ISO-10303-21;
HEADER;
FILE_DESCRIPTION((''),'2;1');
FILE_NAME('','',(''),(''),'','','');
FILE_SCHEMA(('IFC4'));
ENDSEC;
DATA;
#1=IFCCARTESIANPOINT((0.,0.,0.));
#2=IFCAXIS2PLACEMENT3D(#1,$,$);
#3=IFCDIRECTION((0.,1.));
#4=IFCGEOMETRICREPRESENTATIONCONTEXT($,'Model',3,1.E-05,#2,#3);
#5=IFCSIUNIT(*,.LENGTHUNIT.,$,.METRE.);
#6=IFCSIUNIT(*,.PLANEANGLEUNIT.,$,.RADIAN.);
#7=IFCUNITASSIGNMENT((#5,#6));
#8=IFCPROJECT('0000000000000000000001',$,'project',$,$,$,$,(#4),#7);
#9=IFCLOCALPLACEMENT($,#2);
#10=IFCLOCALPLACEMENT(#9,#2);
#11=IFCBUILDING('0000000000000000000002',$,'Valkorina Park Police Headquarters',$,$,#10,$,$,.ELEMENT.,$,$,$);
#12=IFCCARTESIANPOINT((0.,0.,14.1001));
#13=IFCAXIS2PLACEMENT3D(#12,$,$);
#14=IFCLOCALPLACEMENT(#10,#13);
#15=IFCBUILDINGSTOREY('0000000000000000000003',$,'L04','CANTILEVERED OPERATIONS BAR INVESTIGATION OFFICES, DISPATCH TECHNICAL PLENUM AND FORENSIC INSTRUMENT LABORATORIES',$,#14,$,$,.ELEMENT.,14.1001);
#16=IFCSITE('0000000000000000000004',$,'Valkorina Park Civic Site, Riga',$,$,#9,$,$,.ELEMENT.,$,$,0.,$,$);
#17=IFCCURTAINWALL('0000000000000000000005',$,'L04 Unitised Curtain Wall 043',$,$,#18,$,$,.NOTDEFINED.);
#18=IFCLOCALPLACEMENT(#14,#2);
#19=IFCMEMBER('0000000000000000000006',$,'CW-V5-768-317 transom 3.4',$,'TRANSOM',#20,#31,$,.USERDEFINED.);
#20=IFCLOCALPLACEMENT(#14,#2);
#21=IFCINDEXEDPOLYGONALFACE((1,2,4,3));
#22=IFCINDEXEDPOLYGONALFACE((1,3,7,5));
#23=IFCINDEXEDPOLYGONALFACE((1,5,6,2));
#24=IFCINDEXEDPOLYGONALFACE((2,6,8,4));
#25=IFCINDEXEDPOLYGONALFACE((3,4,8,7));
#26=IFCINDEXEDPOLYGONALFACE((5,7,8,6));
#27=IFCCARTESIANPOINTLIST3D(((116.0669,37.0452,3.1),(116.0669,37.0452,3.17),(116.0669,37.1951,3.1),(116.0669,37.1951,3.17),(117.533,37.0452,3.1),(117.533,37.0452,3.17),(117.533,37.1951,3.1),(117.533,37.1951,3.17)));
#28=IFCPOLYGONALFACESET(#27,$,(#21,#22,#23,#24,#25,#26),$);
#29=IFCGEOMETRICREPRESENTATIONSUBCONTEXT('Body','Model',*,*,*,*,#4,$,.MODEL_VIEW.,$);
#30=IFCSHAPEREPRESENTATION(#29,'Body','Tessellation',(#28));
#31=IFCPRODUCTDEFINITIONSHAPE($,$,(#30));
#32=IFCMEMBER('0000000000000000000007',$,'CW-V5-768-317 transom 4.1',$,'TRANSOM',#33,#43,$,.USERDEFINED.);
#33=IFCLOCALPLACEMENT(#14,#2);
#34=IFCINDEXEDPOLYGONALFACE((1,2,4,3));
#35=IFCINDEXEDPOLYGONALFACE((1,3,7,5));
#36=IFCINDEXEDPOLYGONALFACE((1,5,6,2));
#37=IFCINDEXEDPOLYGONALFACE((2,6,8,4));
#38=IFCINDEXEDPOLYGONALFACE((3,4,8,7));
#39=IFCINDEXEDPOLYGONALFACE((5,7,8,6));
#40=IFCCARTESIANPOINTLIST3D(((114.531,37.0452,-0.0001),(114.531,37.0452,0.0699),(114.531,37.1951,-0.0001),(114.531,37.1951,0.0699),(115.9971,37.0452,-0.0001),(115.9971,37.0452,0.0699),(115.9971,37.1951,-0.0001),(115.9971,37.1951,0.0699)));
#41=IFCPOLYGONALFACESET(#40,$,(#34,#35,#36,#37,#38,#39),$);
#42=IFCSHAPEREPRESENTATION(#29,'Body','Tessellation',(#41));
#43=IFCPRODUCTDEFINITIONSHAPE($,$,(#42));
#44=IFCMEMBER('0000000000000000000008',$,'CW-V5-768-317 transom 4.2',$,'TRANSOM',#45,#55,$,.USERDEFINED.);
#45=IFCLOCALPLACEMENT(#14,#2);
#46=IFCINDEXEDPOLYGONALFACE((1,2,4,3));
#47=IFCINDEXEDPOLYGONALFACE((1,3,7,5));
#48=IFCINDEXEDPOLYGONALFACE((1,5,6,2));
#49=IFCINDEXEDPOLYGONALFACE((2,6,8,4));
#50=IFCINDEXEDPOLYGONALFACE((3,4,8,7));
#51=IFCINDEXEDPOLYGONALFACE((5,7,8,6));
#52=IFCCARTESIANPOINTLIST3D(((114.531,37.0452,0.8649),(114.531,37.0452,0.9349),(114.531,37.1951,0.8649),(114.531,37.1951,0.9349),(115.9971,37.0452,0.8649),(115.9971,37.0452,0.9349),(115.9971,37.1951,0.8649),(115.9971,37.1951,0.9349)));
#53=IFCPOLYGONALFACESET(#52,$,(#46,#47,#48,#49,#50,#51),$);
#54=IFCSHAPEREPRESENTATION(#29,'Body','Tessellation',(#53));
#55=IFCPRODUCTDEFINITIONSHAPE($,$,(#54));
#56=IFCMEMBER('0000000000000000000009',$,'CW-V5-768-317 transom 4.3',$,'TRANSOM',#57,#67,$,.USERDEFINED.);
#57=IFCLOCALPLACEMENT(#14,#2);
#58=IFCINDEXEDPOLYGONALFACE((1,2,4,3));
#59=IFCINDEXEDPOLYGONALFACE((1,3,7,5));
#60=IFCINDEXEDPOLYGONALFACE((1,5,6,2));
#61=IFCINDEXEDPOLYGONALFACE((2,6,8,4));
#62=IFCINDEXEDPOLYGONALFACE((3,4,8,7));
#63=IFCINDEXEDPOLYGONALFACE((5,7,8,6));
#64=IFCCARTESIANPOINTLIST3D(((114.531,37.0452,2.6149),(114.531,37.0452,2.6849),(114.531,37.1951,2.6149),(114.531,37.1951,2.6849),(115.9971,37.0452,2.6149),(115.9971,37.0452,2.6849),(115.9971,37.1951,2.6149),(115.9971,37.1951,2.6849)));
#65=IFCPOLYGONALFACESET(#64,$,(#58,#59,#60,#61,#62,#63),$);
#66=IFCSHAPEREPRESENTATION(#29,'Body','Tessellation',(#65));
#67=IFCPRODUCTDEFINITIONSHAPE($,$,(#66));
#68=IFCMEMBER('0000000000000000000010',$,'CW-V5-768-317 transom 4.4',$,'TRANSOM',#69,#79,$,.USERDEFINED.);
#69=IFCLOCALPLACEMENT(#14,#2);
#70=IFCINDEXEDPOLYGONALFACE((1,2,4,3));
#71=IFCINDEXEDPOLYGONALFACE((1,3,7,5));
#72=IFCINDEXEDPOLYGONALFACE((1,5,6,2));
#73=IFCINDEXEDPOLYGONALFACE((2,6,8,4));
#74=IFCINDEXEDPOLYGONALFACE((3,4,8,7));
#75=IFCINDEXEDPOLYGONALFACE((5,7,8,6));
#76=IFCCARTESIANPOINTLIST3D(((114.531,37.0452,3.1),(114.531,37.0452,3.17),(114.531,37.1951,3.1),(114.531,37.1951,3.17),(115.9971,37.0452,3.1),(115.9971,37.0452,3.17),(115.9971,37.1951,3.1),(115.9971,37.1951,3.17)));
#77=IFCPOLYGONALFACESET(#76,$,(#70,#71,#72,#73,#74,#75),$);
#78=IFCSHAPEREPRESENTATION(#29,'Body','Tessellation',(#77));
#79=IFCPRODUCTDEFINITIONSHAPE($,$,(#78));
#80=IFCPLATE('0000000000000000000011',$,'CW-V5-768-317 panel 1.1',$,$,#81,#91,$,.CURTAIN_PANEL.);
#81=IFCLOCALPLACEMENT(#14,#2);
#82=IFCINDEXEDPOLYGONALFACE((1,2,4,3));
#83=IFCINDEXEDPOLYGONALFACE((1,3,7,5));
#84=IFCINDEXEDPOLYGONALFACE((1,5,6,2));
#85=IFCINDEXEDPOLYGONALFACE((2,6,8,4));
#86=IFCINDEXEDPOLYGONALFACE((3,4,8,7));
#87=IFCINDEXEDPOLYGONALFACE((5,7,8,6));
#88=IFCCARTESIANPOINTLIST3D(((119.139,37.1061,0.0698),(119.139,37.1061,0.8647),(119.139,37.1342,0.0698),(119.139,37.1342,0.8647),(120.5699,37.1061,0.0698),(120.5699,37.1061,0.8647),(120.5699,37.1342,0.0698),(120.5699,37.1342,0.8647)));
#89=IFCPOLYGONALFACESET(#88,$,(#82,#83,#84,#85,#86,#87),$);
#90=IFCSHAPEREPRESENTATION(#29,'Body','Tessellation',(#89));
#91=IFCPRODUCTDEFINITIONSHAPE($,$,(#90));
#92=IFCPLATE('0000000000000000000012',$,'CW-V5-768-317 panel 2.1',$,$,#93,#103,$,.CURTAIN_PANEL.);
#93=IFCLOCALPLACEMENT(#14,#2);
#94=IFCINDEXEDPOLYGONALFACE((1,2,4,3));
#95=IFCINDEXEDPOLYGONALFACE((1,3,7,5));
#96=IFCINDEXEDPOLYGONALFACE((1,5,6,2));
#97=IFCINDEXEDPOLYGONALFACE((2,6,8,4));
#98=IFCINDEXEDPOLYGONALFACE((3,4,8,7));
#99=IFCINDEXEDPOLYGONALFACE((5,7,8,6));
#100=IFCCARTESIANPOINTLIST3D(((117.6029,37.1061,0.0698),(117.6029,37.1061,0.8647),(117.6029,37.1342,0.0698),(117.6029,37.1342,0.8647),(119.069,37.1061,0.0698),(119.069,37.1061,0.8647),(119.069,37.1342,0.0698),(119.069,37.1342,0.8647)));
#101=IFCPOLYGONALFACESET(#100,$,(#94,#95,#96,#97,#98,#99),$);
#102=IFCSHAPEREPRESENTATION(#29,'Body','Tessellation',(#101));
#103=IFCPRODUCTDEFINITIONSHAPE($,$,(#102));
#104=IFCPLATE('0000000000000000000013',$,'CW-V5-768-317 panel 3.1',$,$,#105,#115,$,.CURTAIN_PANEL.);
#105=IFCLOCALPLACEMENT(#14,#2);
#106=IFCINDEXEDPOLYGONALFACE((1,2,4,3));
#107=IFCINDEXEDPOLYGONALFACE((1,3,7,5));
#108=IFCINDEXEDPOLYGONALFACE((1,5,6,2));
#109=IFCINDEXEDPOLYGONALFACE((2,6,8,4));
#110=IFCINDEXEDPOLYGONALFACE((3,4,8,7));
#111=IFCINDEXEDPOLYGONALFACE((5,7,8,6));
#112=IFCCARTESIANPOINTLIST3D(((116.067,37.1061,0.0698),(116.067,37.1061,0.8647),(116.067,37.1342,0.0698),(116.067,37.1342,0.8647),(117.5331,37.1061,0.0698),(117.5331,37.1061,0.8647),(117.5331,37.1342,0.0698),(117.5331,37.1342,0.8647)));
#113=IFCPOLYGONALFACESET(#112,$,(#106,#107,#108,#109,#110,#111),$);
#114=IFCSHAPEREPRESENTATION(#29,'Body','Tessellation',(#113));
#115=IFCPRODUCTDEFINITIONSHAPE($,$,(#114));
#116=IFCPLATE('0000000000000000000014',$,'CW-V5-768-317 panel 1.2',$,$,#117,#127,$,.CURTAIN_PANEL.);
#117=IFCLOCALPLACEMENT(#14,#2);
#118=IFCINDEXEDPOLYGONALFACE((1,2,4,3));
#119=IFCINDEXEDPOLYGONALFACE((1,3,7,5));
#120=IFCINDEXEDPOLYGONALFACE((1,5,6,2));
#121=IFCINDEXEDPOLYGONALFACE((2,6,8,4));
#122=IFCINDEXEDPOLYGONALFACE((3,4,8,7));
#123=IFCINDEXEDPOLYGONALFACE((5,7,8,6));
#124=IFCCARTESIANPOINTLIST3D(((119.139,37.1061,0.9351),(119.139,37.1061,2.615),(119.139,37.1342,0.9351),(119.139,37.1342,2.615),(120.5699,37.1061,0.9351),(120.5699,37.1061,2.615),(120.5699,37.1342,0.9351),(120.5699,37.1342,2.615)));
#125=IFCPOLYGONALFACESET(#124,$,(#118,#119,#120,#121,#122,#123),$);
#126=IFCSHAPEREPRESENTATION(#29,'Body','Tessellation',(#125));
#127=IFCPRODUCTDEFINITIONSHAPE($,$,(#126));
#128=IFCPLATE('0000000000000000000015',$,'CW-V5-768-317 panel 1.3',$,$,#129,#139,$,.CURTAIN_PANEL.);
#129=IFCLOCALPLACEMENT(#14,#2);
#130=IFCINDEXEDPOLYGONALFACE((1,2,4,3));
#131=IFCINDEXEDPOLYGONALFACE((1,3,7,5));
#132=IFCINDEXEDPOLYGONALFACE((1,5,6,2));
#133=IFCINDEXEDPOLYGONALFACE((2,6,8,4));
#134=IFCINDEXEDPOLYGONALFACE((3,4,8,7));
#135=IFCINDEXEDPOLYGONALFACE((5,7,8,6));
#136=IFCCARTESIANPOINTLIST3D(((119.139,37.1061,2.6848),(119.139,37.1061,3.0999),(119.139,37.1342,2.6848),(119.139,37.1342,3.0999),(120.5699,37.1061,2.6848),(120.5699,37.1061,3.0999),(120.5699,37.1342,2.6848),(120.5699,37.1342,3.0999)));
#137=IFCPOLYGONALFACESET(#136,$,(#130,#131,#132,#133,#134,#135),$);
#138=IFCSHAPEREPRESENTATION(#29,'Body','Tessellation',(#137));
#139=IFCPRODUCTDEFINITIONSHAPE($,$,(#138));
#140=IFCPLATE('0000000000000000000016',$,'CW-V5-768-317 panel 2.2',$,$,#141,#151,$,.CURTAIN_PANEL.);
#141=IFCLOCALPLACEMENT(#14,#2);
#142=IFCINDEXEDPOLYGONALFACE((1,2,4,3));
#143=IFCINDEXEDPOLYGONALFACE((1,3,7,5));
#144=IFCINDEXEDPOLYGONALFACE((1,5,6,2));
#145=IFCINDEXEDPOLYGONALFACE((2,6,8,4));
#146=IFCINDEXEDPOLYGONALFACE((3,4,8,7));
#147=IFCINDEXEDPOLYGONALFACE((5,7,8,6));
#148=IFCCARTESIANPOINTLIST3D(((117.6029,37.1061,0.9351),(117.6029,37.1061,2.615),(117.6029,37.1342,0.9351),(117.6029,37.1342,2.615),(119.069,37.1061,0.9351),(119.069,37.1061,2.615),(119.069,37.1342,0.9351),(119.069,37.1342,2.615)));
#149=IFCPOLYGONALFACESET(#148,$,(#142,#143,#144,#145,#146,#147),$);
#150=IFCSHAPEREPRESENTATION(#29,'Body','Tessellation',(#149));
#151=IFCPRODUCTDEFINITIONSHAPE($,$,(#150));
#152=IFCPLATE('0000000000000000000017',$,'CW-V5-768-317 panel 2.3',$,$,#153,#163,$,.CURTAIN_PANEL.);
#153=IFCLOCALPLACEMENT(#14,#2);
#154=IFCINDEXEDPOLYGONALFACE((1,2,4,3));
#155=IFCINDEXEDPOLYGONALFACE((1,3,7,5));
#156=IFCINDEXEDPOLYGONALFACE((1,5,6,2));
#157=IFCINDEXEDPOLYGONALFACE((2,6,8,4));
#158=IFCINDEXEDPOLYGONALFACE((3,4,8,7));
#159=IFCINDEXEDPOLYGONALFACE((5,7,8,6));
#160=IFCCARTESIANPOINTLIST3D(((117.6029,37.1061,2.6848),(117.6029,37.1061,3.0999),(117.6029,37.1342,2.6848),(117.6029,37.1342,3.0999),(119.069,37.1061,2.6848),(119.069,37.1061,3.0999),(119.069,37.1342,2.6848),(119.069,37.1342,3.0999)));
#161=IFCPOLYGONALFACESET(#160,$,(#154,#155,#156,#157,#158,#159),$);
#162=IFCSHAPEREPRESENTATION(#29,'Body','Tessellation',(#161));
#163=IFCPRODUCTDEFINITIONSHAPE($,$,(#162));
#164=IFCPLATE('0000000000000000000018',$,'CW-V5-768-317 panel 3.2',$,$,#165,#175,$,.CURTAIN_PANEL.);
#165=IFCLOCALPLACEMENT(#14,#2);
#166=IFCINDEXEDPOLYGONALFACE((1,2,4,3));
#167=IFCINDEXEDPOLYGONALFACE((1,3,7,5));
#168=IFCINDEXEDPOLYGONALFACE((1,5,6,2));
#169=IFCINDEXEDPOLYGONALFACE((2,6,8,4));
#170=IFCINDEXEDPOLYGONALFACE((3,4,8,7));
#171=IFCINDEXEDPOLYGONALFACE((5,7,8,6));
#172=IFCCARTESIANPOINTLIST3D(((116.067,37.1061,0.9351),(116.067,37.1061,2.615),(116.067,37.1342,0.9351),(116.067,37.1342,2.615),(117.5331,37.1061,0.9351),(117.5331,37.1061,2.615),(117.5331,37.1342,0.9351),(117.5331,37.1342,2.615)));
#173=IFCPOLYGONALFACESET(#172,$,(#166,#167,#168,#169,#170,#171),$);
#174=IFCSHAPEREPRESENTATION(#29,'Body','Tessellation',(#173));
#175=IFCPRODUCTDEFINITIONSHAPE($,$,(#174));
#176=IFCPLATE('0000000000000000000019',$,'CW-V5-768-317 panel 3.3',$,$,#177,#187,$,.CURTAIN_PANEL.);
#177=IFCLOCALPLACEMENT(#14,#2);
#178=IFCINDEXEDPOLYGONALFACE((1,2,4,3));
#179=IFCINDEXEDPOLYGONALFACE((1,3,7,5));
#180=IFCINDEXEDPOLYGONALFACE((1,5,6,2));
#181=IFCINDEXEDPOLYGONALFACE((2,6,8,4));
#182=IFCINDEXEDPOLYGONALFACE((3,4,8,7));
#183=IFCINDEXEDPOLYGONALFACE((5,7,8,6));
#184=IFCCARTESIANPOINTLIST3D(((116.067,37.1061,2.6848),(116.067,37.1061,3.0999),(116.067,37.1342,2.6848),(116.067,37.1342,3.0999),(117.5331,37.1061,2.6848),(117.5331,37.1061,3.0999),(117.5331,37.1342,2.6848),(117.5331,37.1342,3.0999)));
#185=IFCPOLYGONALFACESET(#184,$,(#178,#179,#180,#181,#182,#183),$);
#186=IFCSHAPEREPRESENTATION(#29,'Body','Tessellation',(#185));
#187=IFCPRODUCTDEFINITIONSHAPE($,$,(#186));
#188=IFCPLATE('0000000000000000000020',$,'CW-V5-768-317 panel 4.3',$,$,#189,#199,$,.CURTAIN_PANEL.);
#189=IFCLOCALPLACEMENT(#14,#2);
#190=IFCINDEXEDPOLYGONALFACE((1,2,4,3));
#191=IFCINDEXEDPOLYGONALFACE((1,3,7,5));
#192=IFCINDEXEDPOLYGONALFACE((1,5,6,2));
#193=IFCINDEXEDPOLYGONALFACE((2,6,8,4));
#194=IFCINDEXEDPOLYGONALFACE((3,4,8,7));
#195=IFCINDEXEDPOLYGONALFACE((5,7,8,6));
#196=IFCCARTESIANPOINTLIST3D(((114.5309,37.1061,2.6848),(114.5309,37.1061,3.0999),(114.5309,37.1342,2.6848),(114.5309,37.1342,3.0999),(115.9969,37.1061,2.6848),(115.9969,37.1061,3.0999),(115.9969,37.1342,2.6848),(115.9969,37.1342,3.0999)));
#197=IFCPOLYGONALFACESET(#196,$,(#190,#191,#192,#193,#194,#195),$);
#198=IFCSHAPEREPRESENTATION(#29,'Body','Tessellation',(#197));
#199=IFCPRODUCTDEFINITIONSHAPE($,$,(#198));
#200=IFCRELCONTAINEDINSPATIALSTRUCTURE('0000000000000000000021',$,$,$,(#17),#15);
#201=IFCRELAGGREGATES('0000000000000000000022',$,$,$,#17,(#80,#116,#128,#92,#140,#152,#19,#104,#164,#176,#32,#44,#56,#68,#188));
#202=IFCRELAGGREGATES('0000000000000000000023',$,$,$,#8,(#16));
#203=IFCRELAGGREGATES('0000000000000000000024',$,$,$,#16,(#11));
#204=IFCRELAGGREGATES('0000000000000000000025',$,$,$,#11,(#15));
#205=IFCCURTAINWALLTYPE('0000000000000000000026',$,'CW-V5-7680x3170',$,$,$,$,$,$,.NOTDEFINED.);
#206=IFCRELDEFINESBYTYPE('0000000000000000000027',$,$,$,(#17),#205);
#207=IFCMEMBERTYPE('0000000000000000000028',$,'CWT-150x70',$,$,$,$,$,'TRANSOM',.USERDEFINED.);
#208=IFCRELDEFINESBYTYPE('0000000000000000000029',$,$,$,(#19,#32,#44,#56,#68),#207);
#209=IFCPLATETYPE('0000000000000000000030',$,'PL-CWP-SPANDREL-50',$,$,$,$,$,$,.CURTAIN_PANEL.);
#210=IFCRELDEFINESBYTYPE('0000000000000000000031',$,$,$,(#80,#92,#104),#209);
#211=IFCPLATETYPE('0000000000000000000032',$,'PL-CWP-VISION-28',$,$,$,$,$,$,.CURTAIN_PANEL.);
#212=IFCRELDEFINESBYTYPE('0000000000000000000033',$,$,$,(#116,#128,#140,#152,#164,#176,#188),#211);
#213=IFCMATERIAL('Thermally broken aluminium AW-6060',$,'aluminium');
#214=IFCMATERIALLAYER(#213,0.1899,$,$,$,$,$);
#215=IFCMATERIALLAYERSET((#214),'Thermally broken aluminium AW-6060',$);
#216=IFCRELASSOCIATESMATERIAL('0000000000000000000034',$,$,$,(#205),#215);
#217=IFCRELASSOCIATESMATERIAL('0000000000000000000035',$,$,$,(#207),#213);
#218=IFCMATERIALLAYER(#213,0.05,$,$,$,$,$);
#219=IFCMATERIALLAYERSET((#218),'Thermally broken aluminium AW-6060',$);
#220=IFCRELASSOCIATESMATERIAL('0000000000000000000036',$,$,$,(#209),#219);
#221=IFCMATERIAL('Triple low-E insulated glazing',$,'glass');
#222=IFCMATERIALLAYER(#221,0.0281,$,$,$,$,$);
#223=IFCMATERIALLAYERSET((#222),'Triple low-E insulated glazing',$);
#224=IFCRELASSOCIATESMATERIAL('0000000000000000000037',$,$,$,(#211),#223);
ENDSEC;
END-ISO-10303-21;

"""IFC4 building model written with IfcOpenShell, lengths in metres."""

from ifc_helpers import new_model, si_unit, direction, frame, origin, origin_2d, place, context, subcontext, project, spatial, rectangle, extrude, material, layer, layer_set, material_profile, profile_set, type_object, element, aggregate, save


model = new_model("IFC4")

# Units and contexts
model_context = context("Model", 3, precision=1e-05, world=origin(), true_north=direction((0.0, 1.0)))
body_context = subcontext(model_context, "Body", "Model", "MODEL_VIEW")
ifc_project = project(units=[si_unit("LENGTHUNIT", "METRE"), si_unit("PLANEANGLEUNIT", "RADIAN")], contexts=[model_context])

# Site, building, storey
site_placement = place(None, origin())
site = spatial("IfcSite", under=ifc_project, at=site_placement, Name="Valkorina Park Civic Site, Riga", CompositionType="ELEMENT", RefElevation=0.0)
building_placement = place(site_placement, origin())
building = spatial("IfcBuilding", under=site, at=building_placement, Name="Valkorina Park Police Headquarters", CompositionType="ELEMENT")
storey_placement = place(building_placement, frame((0.0, 0.0, 14.1001)))
storey = spatial("IfcBuildingStorey", under=building, at=storey_placement, Name="L04", Description="CANTILEVERED OPERATIONS BAR INVESTIGATION OFFICES, DISPATCH TECHNICAL PLENUM AND FORENSIC INSTRUMENT LABORATORIES", CompositionType="ELEMENT", Elevation=14.1001)

# Curtain wall, members, plates
ifc_material_1 = material(Name="Thermally broken aluminium AW-6060", Category="aluminium")
ifc_layer_1 = layer(ifc_material_1, 0.1899)
ifc_layer_set_1 = layer_set([ifc_layer_1], Name="Thermally broken aluminium AW-6060")
curtain_wall_type = type_object("IfcCurtainWallType", Name="CW-V5-7680x3170", PredefinedType="NOTDEFINED", material=ifc_layer_set_1)
curtain_wall_placement = place(storey_placement, origin())
curtain_wall = element("IfcCurtainWall", 1, at=curtain_wall_placement, inside=storey, type_object=curtain_wall_type, Name="L04 Unitised Curtain Wall 043", PredefinedType="NOTDEFINED")
ifc_material_profile_1 = material_profile(ifc_material_1, rectangle(XDim=0.1499, YDim=0.0701, at=origin_2d()), Name="CWT-02 150x70")
ifc_profile_set_1 = profile_set([ifc_material_profile_1], Name="Thermally broken aluminium AW-6060")
member_type_1 = type_object("IfcMemberType", Name="CWT-150x70", ElementType="TRANSOM", PredefinedType="USERDEFINED", material=ifc_profile_set_1)
member_1_placement = place(storey_placement, frame((117.533, 37.1201, 3.135), z_axis=(-1.0, 0.0, 0.0), x_axis=(0.0, -1.0, 0.0)))
member_1 = element("IfcMember", 2, at=member_1_placement, type_object=member_type_1, Name="CW-V5-768-317 transom 3.4", ObjectType="TRANSOM", PredefinedType="USERDEFINED", context=body_context, shape_type="SweptSolid", body=[
    extrude(rectangle(XDim=0.1499, YDim=0.0701, at=origin_2d()), origin(), (0.0, 0.0, 1.0), 1.4661),
])
member_2_placement = place(storey_placement, frame((115.9971, 37.1201, 0.0349), z_axis=(-1.0, 0.0, 0.0), x_axis=(0.0, -1.0, 0.0)))
member_2 = element("IfcMember", 3, at=member_2_placement, type_object=member_type_1, Name="CW-V5-768-317 transom 4.1", ObjectType="TRANSOM", PredefinedType="USERDEFINED", context=body_context, shape_type="SweptSolid", body=[
    extrude(rectangle(XDim=0.1499, YDim=0.0701, at=origin_2d()), origin(), (0.0, 0.0, 1.0), 1.4661),
])
member_3_placement = place(storey_placement, frame((115.9971, 37.1201, 0.8999), z_axis=(-1.0, 0.0, 0.0), x_axis=(0.0, -1.0, 0.0)))
member_3 = element("IfcMember", 4, at=member_3_placement, type_object=member_type_1, Name="CW-V5-768-317 transom 4.2", ObjectType="TRANSOM", PredefinedType="USERDEFINED", context=body_context, shape_type="SweptSolid", body=[
    extrude(rectangle(XDim=0.1499, YDim=0.0701, at=origin_2d()), origin(), (0.0, 0.0, 1.0), 1.4661),
])
member_4_placement = place(storey_placement, frame((115.9971, 37.1201, 2.6499), z_axis=(-1.0, 0.0, 0.0), x_axis=(0.0, -1.0, 0.0)))
member_4 = element("IfcMember", 5, at=member_4_placement, type_object=member_type_1, Name="CW-V5-768-317 transom 4.3", ObjectType="TRANSOM", PredefinedType="USERDEFINED", context=body_context, shape_type="SweptSolid", body=[
    extrude(rectangle(XDim=0.1499, YDim=0.0701, at=origin_2d()), origin(), (0.0, 0.0, 1.0), 1.4661),
])
member_5_placement = place(storey_placement, frame((115.9971, 37.1201, 3.135), z_axis=(-1.0, 0.0, 0.0), x_axis=(0.0, -1.0, 0.0)))
member_5 = element("IfcMember", 6, at=member_5_placement, type_object=member_type_1, Name="CW-V5-768-317 transom 4.4", ObjectType="TRANSOM", PredefinedType="USERDEFINED", context=body_context, shape_type="SweptSolid", body=[
    extrude(rectangle(XDim=0.1499, YDim=0.0701, at=origin_2d()), origin(), (0.0, 0.0, 1.0), 1.4661),
])
ifc_layer_2 = layer(ifc_material_1, 0.05)
ifc_layer_set_2 = layer_set([ifc_layer_2], Name="Thermally broken aluminium AW-6060")
plate_type_1 = type_object("IfcPlateType", Name="PL-CWP-SPANDREL-50", PredefinedType="CURTAIN_PANEL", material=ifc_layer_set_2)
plate_1_placement = place(storey_placement, frame((119.8545, 37.1201, 0.0698), z_axis=(0.0, 0.0, 1.0), x_axis=(-1.0, 0.0, 0.0)))
plate_1 = element("IfcPlate", 7, at=plate_1_placement, type_object=plate_type_1, Name="CW-V5-768-317 panel 1.1", PredefinedType="CURTAIN_PANEL", context=body_context, shape_type="SweptSolid", body=[
    extrude(rectangle(XDim=1.4309, YDim=0.0281, at=origin_2d()), origin(), (0.0, 0.0, 1.0), 0.7949),
])
plate_2_placement = place(storey_placement, frame((118.3359, 37.1201, 0.0698), z_axis=(0.0, 0.0, 1.0), x_axis=(-1.0, 0.0, 0.0)))
plate_2 = element("IfcPlate", 8, at=plate_2_placement, type_object=plate_type_1, Name="CW-V5-768-317 panel 2.1", PredefinedType="CURTAIN_PANEL", context=body_context, shape_type="SweptSolid", body=[
    extrude(rectangle(XDim=1.4661, YDim=0.0281, at=origin_2d()), origin(), (0.0, 0.0, 1.0), 0.7949),
])
plate_3_placement = place(storey_placement, frame((116.8, 37.1201, 0.0698), z_axis=(0.0, 0.0, 1.0), x_axis=(-1.0, 0.0, 0.0)))
plate_3 = element("IfcPlate", 9, at=plate_3_placement, type_object=plate_type_1, Name="CW-V5-768-317 panel 3.1", PredefinedType="CURTAIN_PANEL", context=body_context, shape_type="SweptSolid", body=[
    extrude(rectangle(XDim=1.4661, YDim=0.0281, at=origin_2d()), origin(), (0.0, 0.0, 1.0), 0.7949),
])
ifc_material_2 = material(Name="Triple low-E insulated glazing", Category="glass")
ifc_layer_3 = layer(ifc_material_2, 0.0281)
ifc_layer_set_3 = layer_set([ifc_layer_3], Name="Triple low-E insulated glazing")
plate_type_2 = type_object("IfcPlateType", Name="PL-CWP-VISION-28", PredefinedType="CURTAIN_PANEL", material=ifc_layer_set_3)
plate_4_placement = place(storey_placement, frame((119.8545, 37.1201, 0.9351), z_axis=(0.0, 0.0, 1.0), x_axis=(-1.0, 0.0, 0.0)))
plate_4 = element("IfcPlate", 10, at=plate_4_placement, type_object=plate_type_2, Name="CW-V5-768-317 panel 1.2", PredefinedType="CURTAIN_PANEL", context=body_context, shape_type="SweptSolid", body=[
    extrude(rectangle(XDim=1.4309, YDim=0.0281, at=origin_2d()), origin(), (0.0, 0.0, 1.0), 1.6799),
])
plate_5_placement = place(storey_placement, frame((119.8545, 37.1201, 2.6848), z_axis=(0.0, 0.0, 1.0), x_axis=(-1.0, 0.0, 0.0)))
plate_5 = element("IfcPlate", 11, at=plate_5_placement, type_object=plate_type_2, Name="CW-V5-768-317 panel 1.3", PredefinedType="CURTAIN_PANEL", context=body_context, shape_type="SweptSolid", body=[
    extrude(rectangle(XDim=1.4309, YDim=0.0281, at=origin_2d()), origin(), (0.0, 0.0, 1.0), 0.415),
])
plate_6_placement = place(storey_placement, frame((118.3359, 37.1201, 0.9351), z_axis=(0.0, 0.0, 1.0), x_axis=(-1.0, 0.0, 0.0)))
plate_6 = element("IfcPlate", 12, at=plate_6_placement, type_object=plate_type_2, Name="CW-V5-768-317 panel 2.2", PredefinedType="CURTAIN_PANEL", context=body_context, shape_type="SweptSolid", body=[
    extrude(rectangle(XDim=1.4661, YDim=0.0281, at=origin_2d()), origin(), (0.0, 0.0, 1.0), 1.6799),
])
plate_7_placement = place(storey_placement, frame((118.3359, 37.1201, 2.6848), z_axis=(0.0, 0.0, 1.0), x_axis=(-1.0, 0.0, 0.0)))
plate_7 = element("IfcPlate", 13, at=plate_7_placement, type_object=plate_type_2, Name="CW-V5-768-317 panel 2.3", PredefinedType="CURTAIN_PANEL", context=body_context, shape_type="SweptSolid", body=[
    extrude(rectangle(XDim=1.4661, YDim=0.0281, at=origin_2d()), origin(), (0.0, 0.0, 1.0), 0.415),
])
plate_8_placement = place(storey_placement, frame((116.8, 37.1201, 0.9351), z_axis=(0.0, 0.0, 1.0), x_axis=(-1.0, 0.0, 0.0)))
plate_8 = element("IfcPlate", 14, at=plate_8_placement, type_object=plate_type_2, Name="CW-V5-768-317 panel 3.2", PredefinedType="CURTAIN_PANEL", context=body_context, shape_type="SweptSolid", body=[
    extrude(rectangle(XDim=1.4661, YDim=0.0281, at=origin_2d()), origin(), (0.0, 0.0, 1.0), 1.6799),
])
plate_9_placement = place(storey_placement, frame((116.8, 37.1201, 2.6848), z_axis=(0.0, 0.0, 1.0), x_axis=(-1.0, 0.0, 0.0)))
plate_9 = element("IfcPlate", 15, at=plate_9_placement, type_object=plate_type_2, Name="CW-V5-768-317 panel 3.3", PredefinedType="CURTAIN_PANEL", context=body_context, shape_type="SweptSolid", body=[
    extrude(rectangle(XDim=1.4661, YDim=0.0281, at=origin_2d()), origin(), (0.0, 0.0, 1.0), 0.415),
])
plate_10_placement = place(storey_placement, frame((115.2639, 37.1201, 2.6848), z_axis=(0.0, 0.0, 1.0), x_axis=(-1.0, 0.0, 0.0)))
plate_10 = element("IfcPlate", 16, at=plate_10_placement, type_object=plate_type_2, Name="CW-V5-768-317 panel 4.3", PredefinedType="CURTAIN_PANEL", context=body_context, shape_type="SweptSolid", body=[
    extrude(rectangle(XDim=1.4661, YDim=0.0281, at=origin_2d()), origin(), (0.0, 0.0, 1.0), 0.415),
])
aggregate(curtain_wall, [plate_1, plate_4, plate_5, plate_2, plate_6, plate_7, member_1, plate_3, plate_8, plate_9, member_2, member_3, member_4, member_5, plate_10])

save(model, "model.ifc")
